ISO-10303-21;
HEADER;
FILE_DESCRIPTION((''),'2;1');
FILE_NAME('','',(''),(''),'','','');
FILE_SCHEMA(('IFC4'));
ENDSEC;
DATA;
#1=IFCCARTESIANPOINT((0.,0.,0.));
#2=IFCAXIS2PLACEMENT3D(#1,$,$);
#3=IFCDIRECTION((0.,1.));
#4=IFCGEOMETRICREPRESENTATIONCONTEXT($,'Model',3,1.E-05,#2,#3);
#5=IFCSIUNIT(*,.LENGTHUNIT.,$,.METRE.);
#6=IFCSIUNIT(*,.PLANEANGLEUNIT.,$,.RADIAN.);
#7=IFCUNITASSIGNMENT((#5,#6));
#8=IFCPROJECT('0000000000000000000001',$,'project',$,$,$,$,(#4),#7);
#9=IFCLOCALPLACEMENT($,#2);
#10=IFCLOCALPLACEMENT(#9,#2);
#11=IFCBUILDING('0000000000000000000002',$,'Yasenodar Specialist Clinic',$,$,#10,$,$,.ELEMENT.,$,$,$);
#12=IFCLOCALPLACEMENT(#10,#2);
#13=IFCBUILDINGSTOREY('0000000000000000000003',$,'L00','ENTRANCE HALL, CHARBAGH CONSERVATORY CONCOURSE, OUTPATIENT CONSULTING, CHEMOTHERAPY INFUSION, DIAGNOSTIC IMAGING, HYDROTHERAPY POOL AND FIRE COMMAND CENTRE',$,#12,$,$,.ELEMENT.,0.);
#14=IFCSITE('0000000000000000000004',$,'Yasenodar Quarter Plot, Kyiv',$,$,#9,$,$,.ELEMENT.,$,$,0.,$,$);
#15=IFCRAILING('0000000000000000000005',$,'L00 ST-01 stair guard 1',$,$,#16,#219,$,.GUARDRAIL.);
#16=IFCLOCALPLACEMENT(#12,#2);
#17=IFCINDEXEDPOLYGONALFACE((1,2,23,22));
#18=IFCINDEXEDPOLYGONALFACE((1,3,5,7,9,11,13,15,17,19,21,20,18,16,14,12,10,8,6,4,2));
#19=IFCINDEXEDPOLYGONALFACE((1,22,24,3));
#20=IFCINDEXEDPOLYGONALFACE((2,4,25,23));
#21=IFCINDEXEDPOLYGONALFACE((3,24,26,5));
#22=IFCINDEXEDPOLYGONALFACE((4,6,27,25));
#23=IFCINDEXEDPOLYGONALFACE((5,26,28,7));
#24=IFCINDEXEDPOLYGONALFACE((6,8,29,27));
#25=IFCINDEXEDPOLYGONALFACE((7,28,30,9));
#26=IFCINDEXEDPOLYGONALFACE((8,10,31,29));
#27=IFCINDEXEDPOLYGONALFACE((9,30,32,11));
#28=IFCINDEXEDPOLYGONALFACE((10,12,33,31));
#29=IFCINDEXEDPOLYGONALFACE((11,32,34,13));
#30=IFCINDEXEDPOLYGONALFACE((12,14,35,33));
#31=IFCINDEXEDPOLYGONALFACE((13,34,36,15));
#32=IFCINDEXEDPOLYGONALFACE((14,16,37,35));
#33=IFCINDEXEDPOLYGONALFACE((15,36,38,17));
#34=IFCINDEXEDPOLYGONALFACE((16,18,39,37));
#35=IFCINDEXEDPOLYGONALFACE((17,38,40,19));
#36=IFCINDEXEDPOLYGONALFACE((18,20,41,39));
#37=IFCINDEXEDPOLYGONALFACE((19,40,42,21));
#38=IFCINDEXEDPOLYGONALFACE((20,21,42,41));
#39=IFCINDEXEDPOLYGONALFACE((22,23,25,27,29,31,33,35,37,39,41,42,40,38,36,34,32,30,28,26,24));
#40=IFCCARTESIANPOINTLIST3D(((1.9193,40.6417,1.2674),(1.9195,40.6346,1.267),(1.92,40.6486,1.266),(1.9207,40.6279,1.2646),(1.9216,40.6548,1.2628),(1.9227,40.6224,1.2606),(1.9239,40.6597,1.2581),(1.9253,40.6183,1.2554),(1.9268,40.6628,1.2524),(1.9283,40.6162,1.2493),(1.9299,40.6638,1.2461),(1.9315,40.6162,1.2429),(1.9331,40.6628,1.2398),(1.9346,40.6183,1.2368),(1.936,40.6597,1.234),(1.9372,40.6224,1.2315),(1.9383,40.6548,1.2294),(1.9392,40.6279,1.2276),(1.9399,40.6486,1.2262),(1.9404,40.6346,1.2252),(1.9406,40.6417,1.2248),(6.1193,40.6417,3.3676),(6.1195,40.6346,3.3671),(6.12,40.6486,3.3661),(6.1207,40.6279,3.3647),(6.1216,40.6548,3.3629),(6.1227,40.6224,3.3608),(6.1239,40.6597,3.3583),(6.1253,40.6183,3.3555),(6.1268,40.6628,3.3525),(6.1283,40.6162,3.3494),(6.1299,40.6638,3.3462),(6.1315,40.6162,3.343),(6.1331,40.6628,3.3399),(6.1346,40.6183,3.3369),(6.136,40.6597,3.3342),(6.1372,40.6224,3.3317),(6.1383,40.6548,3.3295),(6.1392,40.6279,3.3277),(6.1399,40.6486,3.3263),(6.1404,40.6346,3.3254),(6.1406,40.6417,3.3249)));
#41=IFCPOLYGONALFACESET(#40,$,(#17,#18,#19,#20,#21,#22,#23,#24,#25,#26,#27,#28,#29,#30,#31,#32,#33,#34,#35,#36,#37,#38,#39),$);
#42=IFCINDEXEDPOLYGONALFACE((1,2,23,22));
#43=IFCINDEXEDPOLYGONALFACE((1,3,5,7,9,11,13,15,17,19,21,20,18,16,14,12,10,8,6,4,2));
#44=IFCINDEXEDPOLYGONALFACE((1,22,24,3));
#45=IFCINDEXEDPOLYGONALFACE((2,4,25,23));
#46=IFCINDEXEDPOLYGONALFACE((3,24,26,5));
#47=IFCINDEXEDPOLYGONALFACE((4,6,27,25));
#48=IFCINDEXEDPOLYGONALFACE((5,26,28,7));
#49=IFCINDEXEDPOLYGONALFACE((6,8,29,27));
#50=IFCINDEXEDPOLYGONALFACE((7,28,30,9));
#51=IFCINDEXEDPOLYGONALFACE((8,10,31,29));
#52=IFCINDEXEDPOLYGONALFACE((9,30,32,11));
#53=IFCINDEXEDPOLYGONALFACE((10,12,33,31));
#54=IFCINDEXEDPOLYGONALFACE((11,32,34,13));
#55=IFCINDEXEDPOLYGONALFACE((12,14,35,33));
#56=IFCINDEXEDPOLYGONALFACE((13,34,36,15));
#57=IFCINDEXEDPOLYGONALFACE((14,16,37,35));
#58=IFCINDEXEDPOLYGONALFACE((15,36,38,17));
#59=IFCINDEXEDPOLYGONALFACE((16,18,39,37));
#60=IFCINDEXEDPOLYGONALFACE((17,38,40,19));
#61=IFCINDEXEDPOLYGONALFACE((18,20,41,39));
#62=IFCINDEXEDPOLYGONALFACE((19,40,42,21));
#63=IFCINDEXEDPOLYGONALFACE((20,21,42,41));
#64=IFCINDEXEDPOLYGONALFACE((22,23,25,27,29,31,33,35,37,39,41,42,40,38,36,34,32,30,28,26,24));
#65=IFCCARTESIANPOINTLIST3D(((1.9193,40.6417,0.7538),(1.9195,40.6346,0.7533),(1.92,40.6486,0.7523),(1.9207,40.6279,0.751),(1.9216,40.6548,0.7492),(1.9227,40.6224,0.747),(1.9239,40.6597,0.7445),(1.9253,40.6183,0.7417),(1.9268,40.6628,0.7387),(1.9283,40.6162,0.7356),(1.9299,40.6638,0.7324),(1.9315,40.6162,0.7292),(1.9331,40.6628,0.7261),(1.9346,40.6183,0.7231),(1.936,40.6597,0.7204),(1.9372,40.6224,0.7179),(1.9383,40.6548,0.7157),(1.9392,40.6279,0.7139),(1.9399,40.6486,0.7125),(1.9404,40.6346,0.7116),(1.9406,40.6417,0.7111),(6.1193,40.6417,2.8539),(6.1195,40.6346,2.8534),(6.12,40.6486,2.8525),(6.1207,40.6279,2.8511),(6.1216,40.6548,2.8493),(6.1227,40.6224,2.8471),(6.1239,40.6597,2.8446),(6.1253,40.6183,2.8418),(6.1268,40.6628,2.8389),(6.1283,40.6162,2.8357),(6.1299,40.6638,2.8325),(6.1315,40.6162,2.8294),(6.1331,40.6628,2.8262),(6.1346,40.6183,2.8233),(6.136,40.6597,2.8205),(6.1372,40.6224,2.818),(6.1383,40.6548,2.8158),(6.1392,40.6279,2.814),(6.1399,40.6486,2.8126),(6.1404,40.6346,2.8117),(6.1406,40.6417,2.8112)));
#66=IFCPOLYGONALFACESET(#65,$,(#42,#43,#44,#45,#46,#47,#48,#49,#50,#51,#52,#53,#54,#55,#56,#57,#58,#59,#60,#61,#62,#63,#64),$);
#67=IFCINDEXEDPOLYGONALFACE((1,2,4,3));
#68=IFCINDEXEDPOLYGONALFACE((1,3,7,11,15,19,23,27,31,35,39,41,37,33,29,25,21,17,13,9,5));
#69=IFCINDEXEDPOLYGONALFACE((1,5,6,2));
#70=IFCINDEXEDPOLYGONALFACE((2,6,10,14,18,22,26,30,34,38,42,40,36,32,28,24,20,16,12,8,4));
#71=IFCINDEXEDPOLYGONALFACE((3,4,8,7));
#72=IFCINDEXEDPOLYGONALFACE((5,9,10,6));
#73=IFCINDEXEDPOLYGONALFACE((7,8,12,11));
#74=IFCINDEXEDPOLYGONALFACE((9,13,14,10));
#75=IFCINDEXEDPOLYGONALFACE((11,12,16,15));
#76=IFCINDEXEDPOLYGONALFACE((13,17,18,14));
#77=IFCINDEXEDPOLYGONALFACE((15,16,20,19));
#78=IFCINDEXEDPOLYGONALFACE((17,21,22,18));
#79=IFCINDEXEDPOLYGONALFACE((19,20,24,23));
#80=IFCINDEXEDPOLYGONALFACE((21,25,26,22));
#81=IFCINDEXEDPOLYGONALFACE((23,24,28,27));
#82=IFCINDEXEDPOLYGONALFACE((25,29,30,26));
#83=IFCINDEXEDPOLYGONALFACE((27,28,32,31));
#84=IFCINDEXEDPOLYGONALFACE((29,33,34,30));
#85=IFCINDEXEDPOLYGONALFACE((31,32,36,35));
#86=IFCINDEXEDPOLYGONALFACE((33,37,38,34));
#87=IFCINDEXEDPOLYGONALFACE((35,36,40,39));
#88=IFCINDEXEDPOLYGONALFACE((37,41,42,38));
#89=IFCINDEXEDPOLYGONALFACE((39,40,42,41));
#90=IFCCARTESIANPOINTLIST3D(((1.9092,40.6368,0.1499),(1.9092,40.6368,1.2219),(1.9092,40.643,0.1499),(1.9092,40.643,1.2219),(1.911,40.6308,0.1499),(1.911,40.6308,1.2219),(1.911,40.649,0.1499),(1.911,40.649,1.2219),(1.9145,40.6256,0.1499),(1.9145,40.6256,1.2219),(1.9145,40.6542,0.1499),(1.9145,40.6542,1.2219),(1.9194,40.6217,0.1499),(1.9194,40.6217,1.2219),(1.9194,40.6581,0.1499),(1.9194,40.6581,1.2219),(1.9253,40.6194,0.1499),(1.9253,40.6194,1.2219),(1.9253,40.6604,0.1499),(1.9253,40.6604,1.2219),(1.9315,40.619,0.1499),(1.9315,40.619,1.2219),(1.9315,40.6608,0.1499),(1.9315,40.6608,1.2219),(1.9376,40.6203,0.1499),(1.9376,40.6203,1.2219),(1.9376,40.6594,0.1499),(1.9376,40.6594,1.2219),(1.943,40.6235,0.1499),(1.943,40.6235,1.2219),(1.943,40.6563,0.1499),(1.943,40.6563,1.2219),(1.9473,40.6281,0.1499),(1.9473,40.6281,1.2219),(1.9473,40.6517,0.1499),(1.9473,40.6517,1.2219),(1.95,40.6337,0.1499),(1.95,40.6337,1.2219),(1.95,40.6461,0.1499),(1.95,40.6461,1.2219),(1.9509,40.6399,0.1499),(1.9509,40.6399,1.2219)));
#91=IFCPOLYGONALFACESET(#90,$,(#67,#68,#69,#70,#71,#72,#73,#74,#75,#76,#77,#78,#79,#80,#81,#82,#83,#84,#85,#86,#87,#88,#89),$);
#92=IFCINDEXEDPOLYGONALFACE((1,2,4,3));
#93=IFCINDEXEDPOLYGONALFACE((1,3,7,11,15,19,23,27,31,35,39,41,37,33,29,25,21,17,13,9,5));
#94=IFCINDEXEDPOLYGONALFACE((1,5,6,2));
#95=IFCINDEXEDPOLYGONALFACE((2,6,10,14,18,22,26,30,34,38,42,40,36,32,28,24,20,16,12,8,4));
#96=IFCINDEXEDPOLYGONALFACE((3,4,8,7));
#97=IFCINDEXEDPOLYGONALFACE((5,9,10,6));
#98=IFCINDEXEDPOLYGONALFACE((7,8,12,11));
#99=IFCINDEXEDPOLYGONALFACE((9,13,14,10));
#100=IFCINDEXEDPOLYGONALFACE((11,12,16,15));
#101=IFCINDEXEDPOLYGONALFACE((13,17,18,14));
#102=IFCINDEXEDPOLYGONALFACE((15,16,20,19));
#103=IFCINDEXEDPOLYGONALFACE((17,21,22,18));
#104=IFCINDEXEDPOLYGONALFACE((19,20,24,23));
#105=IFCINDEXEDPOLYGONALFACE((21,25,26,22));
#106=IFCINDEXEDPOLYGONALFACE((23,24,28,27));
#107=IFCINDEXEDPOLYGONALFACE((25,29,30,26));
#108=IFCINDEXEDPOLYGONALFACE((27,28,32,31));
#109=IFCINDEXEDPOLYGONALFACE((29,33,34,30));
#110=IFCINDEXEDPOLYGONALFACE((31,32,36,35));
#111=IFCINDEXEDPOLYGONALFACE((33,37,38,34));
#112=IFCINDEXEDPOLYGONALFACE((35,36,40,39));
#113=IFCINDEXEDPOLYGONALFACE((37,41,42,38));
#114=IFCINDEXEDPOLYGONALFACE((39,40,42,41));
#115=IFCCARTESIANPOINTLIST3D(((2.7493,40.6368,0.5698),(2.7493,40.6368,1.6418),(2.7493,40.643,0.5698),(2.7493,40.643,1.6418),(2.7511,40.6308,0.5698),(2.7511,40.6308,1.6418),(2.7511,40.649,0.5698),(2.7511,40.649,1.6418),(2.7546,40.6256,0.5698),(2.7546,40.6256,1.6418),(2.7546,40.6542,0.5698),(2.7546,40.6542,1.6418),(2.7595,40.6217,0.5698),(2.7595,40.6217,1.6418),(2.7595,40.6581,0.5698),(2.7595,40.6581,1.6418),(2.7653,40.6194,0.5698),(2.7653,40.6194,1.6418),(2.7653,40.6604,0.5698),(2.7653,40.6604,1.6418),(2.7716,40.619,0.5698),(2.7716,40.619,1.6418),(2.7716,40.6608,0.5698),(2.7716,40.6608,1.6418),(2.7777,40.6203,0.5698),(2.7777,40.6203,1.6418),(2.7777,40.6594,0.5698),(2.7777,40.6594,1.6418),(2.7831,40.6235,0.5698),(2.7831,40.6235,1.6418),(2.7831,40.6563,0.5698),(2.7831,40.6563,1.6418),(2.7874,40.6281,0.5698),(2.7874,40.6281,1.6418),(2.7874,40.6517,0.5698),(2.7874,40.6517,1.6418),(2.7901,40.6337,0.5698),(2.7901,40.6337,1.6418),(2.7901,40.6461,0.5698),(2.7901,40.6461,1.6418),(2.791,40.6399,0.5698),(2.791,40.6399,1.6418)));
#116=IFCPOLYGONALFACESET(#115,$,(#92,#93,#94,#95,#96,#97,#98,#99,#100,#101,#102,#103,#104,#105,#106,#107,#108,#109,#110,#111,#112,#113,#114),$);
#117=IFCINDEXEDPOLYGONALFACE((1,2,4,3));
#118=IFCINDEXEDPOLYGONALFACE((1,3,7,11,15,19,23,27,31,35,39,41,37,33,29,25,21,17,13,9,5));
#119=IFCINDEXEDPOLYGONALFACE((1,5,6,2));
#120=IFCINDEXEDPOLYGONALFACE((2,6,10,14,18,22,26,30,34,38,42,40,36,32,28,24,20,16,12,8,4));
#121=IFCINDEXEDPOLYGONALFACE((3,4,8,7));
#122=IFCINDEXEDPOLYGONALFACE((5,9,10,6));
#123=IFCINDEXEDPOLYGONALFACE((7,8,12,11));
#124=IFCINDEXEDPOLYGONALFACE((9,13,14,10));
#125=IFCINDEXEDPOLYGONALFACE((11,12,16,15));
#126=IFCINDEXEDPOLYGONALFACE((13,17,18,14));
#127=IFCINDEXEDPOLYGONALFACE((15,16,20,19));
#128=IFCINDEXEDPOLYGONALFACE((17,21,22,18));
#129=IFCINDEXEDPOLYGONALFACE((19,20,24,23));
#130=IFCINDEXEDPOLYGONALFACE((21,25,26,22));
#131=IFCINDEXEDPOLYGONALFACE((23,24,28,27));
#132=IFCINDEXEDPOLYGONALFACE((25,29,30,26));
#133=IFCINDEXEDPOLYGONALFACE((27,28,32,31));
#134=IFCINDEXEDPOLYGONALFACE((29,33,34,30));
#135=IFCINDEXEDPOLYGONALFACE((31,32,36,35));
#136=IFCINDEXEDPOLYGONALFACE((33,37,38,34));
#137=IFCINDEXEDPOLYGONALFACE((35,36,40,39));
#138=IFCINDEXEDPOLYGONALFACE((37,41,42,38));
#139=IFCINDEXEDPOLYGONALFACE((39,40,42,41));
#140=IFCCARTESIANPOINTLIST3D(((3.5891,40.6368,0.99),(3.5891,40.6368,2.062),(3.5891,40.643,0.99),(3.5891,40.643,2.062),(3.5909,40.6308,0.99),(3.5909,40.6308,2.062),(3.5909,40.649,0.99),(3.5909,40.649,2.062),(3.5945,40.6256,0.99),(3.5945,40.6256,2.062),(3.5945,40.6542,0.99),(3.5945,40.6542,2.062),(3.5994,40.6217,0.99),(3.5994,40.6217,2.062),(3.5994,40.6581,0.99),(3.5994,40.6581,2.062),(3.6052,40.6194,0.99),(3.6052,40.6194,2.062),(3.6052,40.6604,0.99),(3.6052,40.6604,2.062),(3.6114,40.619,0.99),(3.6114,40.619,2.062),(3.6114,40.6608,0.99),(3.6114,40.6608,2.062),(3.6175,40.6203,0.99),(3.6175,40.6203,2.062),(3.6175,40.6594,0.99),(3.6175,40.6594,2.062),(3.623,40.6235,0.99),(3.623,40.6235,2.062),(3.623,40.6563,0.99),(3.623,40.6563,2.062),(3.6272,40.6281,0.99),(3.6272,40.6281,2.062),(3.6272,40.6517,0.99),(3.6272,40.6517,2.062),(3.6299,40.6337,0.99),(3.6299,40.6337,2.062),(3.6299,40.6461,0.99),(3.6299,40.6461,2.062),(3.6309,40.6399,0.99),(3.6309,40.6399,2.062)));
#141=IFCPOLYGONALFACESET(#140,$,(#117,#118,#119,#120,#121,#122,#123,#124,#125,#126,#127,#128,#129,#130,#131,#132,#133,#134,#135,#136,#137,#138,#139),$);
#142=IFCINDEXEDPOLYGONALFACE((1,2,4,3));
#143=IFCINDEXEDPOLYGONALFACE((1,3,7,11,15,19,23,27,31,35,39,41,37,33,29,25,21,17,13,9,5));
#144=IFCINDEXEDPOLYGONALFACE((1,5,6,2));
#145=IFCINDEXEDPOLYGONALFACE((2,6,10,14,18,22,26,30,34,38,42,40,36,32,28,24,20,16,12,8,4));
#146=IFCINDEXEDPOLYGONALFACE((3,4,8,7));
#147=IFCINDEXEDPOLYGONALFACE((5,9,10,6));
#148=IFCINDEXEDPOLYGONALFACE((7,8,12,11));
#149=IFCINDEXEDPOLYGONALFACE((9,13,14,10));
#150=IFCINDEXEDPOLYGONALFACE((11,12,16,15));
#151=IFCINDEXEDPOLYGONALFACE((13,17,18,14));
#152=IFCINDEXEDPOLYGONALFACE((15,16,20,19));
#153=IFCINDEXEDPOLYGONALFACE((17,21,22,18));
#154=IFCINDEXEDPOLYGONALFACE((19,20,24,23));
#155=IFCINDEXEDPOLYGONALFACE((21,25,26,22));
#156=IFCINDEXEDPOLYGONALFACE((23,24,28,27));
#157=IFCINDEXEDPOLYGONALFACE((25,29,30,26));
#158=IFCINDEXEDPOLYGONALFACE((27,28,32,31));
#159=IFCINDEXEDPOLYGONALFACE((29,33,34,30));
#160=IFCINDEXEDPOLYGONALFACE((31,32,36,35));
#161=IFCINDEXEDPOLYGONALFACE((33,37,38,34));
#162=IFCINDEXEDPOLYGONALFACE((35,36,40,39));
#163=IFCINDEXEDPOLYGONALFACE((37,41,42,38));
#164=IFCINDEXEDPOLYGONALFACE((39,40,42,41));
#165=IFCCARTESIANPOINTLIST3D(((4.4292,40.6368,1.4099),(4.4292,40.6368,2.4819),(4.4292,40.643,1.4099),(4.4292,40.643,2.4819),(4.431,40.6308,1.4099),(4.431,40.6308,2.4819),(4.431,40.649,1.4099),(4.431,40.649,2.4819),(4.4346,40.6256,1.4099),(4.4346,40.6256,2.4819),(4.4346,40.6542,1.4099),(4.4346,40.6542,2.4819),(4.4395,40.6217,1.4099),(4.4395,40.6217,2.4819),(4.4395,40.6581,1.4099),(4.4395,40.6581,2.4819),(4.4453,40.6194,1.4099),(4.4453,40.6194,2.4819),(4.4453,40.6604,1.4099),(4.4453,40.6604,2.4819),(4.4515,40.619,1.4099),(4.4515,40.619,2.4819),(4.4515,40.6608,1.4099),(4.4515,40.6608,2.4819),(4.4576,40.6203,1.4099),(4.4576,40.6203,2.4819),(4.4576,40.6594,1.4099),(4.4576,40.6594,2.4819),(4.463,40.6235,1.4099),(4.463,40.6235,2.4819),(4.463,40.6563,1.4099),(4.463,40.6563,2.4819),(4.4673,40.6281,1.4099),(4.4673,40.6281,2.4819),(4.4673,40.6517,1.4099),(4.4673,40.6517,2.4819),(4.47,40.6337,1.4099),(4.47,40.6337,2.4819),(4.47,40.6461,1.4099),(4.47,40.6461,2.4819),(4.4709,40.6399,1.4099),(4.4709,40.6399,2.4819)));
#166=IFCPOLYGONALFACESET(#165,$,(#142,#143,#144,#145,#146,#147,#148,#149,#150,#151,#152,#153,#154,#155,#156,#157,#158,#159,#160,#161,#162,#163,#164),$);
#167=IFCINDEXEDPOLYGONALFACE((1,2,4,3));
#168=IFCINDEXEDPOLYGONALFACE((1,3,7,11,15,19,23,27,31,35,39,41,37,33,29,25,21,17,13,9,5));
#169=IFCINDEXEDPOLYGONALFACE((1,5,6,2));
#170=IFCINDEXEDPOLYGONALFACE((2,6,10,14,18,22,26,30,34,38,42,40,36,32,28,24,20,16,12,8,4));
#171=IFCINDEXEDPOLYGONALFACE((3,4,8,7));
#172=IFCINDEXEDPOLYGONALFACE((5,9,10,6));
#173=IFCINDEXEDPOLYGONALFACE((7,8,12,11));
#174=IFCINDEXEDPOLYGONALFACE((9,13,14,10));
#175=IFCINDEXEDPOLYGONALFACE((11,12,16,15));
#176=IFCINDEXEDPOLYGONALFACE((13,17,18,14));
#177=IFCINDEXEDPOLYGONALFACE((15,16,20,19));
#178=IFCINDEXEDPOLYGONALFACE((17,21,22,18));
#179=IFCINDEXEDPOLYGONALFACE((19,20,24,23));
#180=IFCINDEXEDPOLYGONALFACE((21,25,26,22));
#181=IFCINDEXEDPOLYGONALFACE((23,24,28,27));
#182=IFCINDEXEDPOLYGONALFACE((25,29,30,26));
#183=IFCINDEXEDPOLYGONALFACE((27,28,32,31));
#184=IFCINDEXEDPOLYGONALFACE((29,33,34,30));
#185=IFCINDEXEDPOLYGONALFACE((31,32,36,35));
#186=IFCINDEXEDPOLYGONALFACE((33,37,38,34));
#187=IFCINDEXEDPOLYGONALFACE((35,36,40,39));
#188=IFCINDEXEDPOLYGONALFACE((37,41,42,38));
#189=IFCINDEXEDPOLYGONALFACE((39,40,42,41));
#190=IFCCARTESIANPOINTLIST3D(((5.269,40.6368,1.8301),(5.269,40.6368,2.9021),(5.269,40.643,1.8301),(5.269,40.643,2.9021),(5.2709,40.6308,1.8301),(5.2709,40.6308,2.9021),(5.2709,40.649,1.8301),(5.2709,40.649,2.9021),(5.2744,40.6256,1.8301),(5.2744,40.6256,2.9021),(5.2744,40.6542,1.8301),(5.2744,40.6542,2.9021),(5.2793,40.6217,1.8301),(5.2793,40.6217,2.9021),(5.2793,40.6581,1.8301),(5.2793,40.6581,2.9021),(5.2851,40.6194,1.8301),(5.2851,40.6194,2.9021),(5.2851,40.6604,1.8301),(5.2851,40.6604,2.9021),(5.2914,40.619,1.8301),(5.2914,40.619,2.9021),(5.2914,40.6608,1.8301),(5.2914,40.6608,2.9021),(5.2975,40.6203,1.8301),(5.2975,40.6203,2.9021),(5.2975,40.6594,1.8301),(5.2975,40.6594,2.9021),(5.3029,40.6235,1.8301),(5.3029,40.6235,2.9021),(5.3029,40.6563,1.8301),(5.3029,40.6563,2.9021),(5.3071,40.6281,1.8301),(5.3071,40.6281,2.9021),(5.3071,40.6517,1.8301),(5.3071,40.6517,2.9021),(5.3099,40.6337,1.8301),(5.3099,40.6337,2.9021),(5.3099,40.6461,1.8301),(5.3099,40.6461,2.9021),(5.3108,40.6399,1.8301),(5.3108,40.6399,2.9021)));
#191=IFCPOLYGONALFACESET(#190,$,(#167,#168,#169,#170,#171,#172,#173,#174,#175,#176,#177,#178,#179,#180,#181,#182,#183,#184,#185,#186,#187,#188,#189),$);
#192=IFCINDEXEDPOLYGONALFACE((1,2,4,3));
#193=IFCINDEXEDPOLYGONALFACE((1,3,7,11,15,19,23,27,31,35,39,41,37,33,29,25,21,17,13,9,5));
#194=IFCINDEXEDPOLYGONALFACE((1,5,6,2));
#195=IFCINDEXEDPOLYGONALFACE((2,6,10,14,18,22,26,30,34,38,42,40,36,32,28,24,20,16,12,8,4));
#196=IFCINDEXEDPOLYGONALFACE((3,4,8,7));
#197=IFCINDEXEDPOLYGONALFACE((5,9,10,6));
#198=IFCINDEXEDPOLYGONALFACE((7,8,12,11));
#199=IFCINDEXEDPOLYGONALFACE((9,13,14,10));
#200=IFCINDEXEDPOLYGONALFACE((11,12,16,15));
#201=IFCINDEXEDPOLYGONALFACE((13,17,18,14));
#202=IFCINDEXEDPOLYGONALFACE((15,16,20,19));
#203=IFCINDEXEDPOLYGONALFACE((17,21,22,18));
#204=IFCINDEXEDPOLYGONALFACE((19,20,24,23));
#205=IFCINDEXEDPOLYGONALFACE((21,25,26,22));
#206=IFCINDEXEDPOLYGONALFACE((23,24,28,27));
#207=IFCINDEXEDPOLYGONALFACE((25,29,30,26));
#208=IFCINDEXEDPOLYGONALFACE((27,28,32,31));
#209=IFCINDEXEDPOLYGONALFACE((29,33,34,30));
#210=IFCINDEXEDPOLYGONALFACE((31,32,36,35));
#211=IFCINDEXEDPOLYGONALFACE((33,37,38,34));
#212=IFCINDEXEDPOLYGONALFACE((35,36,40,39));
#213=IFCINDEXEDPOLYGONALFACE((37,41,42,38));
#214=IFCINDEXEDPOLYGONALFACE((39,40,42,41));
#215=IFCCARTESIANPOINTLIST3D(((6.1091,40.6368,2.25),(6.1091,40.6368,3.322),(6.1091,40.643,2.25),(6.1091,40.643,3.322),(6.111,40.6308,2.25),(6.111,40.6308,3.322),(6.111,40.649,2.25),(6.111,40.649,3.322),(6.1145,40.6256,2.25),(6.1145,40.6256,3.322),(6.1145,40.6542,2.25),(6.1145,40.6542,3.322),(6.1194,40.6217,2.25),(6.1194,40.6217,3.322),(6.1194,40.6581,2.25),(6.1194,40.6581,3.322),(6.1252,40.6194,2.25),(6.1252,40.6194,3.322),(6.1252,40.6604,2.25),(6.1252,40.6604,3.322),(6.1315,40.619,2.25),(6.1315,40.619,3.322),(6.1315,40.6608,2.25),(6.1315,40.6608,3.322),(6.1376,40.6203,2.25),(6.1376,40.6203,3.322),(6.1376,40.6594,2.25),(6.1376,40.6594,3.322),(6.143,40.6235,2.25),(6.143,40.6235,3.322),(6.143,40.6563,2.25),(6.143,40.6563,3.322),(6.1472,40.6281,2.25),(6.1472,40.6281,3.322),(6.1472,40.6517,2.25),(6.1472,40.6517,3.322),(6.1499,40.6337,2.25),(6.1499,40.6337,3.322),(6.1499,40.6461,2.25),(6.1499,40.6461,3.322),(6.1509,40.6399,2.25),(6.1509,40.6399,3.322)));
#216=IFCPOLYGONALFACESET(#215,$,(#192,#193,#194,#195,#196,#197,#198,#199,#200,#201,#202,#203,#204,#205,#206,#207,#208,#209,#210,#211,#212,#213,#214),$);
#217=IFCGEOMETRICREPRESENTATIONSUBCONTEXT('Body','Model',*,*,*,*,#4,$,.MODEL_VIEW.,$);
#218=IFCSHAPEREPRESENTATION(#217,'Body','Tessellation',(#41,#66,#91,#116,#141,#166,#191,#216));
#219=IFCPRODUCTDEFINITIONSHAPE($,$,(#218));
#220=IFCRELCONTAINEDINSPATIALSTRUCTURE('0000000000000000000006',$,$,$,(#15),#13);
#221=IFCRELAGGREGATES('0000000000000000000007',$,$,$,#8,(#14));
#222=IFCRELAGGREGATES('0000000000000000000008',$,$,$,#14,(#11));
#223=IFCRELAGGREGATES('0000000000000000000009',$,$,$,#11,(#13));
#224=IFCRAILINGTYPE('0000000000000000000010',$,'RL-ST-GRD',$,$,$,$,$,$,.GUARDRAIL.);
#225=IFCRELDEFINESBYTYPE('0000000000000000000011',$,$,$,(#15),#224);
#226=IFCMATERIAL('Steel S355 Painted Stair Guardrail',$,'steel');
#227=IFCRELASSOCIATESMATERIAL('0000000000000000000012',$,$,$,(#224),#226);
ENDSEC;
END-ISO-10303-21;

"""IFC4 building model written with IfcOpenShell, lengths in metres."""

from ifc_helpers import new_model, si_unit, direction, frame, origin, origin_2d, place, context, subcontext, project, spatial, circle, extrude, material, type_object, element, save


model = new_model("IFC4")

# Units and contexts
model_context = context("Model", 3, precision=1e-05, world=origin(), true_north=direction((0.0, 1.0)))
body_context = subcontext(model_context, "Body", "Model", "MODEL_VIEW")
ifc_project = project(units=[si_unit("LENGTHUNIT", "METRE"), si_unit("PLANEANGLEUNIT", "RADIAN")], contexts=[model_context])

# Site, building, storey
site_placement = place(None, origin())
site = spatial("IfcSite", under=ifc_project, at=site_placement, Name="Yasenodar Quarter Plot, Kyiv", CompositionType="ELEMENT", RefElevation=0.0)
building_placement = place(site_placement, origin())
building = spatial("IfcBuilding", under=site, at=building_placement, Name="Yasenodar Specialist Clinic", CompositionType="ELEMENT")
storey_placement = place(building_placement, origin())
storey = spatial("IfcBuildingStorey", under=building, at=storey_placement, Name="L00", Description="ENTRANCE HALL, CHARBAGH CONSERVATORY CONCOURSE, OUTPATIENT CONSULTING, CHEMOTHERAPY INFUSION, DIAGNOSTIC IMAGING, HYDROTHERAPY POOL AND FIRE COMMAND CENTRE", CompositionType="ELEMENT", Elevation=0.0)

# Railing
ifc_material_1 = material(Name="Steel S355 Painted Stair Guardrail", Category="steel")
railing_type_1 = type_object("IfcRailingType", Name="RL-ST-GRD", PredefinedType="GUARDRAIL", material=ifc_material_1)
railing_1_placement = place(storey_placement, frame((1.9299, 40.6399, 0.1499)))
element("IfcRailing", 1, at=railing_1_placement, inside=storey, type_object=railing_type_1, Name="L00 ST-01 stair guard 1", PredefinedType="GUARDRAIL", context=body_context, shape_type="SweptSolid", body=[
    extrude(circle(Radius=0.0239, at=origin_2d()), frame((0.0, 0.0, 1.0962), z_axis=(0.894417, 0.0, 0.447234), x_axis=(0.0, 1.0, 0.0)), (0.0, 0.0, 1.0), 4.6958),
    extrude(circle(Radius=0.0239, at=origin_2d()), frame((0.0, 0.0, 0.5825), z_axis=(0.894417, 0.0, 0.447234), x_axis=(0.0, 1.0, 0.0)), (0.0, 0.0, 1.0), 4.6958),
    extrude(circle(Radius=0.021, at=origin_2d()), origin(), (0.0, 0.0, 1.0), 1.072),
    extrude(circle(Radius=0.021, at=origin_2d()), frame((0.8401, 0.0, 0.4199)), (0.0, 0.0, 1.0), 1.072),
    extrude(circle(Radius=0.021, at=origin_2d()), frame((1.6799, 0.0, 0.8401)), (0.0, 0.0, 1.0), 1.072),
    extrude(circle(Radius=0.021, at=origin_2d()), frame((2.52, 0.0, 1.26)), (0.0, 0.0, 1.0), 1.072),
    extrude(circle(Radius=0.021, at=origin_2d()), frame((3.3599, 0.0, 1.6802)), (0.0, 0.0, 1.0), 1.072),
    extrude(circle(Radius=0.021, at=origin_2d()), frame((4.2, 0.0, 2.1001)), (0.0, 0.0, 1.0), 1.072),
])

save(model, "model.ifc")
